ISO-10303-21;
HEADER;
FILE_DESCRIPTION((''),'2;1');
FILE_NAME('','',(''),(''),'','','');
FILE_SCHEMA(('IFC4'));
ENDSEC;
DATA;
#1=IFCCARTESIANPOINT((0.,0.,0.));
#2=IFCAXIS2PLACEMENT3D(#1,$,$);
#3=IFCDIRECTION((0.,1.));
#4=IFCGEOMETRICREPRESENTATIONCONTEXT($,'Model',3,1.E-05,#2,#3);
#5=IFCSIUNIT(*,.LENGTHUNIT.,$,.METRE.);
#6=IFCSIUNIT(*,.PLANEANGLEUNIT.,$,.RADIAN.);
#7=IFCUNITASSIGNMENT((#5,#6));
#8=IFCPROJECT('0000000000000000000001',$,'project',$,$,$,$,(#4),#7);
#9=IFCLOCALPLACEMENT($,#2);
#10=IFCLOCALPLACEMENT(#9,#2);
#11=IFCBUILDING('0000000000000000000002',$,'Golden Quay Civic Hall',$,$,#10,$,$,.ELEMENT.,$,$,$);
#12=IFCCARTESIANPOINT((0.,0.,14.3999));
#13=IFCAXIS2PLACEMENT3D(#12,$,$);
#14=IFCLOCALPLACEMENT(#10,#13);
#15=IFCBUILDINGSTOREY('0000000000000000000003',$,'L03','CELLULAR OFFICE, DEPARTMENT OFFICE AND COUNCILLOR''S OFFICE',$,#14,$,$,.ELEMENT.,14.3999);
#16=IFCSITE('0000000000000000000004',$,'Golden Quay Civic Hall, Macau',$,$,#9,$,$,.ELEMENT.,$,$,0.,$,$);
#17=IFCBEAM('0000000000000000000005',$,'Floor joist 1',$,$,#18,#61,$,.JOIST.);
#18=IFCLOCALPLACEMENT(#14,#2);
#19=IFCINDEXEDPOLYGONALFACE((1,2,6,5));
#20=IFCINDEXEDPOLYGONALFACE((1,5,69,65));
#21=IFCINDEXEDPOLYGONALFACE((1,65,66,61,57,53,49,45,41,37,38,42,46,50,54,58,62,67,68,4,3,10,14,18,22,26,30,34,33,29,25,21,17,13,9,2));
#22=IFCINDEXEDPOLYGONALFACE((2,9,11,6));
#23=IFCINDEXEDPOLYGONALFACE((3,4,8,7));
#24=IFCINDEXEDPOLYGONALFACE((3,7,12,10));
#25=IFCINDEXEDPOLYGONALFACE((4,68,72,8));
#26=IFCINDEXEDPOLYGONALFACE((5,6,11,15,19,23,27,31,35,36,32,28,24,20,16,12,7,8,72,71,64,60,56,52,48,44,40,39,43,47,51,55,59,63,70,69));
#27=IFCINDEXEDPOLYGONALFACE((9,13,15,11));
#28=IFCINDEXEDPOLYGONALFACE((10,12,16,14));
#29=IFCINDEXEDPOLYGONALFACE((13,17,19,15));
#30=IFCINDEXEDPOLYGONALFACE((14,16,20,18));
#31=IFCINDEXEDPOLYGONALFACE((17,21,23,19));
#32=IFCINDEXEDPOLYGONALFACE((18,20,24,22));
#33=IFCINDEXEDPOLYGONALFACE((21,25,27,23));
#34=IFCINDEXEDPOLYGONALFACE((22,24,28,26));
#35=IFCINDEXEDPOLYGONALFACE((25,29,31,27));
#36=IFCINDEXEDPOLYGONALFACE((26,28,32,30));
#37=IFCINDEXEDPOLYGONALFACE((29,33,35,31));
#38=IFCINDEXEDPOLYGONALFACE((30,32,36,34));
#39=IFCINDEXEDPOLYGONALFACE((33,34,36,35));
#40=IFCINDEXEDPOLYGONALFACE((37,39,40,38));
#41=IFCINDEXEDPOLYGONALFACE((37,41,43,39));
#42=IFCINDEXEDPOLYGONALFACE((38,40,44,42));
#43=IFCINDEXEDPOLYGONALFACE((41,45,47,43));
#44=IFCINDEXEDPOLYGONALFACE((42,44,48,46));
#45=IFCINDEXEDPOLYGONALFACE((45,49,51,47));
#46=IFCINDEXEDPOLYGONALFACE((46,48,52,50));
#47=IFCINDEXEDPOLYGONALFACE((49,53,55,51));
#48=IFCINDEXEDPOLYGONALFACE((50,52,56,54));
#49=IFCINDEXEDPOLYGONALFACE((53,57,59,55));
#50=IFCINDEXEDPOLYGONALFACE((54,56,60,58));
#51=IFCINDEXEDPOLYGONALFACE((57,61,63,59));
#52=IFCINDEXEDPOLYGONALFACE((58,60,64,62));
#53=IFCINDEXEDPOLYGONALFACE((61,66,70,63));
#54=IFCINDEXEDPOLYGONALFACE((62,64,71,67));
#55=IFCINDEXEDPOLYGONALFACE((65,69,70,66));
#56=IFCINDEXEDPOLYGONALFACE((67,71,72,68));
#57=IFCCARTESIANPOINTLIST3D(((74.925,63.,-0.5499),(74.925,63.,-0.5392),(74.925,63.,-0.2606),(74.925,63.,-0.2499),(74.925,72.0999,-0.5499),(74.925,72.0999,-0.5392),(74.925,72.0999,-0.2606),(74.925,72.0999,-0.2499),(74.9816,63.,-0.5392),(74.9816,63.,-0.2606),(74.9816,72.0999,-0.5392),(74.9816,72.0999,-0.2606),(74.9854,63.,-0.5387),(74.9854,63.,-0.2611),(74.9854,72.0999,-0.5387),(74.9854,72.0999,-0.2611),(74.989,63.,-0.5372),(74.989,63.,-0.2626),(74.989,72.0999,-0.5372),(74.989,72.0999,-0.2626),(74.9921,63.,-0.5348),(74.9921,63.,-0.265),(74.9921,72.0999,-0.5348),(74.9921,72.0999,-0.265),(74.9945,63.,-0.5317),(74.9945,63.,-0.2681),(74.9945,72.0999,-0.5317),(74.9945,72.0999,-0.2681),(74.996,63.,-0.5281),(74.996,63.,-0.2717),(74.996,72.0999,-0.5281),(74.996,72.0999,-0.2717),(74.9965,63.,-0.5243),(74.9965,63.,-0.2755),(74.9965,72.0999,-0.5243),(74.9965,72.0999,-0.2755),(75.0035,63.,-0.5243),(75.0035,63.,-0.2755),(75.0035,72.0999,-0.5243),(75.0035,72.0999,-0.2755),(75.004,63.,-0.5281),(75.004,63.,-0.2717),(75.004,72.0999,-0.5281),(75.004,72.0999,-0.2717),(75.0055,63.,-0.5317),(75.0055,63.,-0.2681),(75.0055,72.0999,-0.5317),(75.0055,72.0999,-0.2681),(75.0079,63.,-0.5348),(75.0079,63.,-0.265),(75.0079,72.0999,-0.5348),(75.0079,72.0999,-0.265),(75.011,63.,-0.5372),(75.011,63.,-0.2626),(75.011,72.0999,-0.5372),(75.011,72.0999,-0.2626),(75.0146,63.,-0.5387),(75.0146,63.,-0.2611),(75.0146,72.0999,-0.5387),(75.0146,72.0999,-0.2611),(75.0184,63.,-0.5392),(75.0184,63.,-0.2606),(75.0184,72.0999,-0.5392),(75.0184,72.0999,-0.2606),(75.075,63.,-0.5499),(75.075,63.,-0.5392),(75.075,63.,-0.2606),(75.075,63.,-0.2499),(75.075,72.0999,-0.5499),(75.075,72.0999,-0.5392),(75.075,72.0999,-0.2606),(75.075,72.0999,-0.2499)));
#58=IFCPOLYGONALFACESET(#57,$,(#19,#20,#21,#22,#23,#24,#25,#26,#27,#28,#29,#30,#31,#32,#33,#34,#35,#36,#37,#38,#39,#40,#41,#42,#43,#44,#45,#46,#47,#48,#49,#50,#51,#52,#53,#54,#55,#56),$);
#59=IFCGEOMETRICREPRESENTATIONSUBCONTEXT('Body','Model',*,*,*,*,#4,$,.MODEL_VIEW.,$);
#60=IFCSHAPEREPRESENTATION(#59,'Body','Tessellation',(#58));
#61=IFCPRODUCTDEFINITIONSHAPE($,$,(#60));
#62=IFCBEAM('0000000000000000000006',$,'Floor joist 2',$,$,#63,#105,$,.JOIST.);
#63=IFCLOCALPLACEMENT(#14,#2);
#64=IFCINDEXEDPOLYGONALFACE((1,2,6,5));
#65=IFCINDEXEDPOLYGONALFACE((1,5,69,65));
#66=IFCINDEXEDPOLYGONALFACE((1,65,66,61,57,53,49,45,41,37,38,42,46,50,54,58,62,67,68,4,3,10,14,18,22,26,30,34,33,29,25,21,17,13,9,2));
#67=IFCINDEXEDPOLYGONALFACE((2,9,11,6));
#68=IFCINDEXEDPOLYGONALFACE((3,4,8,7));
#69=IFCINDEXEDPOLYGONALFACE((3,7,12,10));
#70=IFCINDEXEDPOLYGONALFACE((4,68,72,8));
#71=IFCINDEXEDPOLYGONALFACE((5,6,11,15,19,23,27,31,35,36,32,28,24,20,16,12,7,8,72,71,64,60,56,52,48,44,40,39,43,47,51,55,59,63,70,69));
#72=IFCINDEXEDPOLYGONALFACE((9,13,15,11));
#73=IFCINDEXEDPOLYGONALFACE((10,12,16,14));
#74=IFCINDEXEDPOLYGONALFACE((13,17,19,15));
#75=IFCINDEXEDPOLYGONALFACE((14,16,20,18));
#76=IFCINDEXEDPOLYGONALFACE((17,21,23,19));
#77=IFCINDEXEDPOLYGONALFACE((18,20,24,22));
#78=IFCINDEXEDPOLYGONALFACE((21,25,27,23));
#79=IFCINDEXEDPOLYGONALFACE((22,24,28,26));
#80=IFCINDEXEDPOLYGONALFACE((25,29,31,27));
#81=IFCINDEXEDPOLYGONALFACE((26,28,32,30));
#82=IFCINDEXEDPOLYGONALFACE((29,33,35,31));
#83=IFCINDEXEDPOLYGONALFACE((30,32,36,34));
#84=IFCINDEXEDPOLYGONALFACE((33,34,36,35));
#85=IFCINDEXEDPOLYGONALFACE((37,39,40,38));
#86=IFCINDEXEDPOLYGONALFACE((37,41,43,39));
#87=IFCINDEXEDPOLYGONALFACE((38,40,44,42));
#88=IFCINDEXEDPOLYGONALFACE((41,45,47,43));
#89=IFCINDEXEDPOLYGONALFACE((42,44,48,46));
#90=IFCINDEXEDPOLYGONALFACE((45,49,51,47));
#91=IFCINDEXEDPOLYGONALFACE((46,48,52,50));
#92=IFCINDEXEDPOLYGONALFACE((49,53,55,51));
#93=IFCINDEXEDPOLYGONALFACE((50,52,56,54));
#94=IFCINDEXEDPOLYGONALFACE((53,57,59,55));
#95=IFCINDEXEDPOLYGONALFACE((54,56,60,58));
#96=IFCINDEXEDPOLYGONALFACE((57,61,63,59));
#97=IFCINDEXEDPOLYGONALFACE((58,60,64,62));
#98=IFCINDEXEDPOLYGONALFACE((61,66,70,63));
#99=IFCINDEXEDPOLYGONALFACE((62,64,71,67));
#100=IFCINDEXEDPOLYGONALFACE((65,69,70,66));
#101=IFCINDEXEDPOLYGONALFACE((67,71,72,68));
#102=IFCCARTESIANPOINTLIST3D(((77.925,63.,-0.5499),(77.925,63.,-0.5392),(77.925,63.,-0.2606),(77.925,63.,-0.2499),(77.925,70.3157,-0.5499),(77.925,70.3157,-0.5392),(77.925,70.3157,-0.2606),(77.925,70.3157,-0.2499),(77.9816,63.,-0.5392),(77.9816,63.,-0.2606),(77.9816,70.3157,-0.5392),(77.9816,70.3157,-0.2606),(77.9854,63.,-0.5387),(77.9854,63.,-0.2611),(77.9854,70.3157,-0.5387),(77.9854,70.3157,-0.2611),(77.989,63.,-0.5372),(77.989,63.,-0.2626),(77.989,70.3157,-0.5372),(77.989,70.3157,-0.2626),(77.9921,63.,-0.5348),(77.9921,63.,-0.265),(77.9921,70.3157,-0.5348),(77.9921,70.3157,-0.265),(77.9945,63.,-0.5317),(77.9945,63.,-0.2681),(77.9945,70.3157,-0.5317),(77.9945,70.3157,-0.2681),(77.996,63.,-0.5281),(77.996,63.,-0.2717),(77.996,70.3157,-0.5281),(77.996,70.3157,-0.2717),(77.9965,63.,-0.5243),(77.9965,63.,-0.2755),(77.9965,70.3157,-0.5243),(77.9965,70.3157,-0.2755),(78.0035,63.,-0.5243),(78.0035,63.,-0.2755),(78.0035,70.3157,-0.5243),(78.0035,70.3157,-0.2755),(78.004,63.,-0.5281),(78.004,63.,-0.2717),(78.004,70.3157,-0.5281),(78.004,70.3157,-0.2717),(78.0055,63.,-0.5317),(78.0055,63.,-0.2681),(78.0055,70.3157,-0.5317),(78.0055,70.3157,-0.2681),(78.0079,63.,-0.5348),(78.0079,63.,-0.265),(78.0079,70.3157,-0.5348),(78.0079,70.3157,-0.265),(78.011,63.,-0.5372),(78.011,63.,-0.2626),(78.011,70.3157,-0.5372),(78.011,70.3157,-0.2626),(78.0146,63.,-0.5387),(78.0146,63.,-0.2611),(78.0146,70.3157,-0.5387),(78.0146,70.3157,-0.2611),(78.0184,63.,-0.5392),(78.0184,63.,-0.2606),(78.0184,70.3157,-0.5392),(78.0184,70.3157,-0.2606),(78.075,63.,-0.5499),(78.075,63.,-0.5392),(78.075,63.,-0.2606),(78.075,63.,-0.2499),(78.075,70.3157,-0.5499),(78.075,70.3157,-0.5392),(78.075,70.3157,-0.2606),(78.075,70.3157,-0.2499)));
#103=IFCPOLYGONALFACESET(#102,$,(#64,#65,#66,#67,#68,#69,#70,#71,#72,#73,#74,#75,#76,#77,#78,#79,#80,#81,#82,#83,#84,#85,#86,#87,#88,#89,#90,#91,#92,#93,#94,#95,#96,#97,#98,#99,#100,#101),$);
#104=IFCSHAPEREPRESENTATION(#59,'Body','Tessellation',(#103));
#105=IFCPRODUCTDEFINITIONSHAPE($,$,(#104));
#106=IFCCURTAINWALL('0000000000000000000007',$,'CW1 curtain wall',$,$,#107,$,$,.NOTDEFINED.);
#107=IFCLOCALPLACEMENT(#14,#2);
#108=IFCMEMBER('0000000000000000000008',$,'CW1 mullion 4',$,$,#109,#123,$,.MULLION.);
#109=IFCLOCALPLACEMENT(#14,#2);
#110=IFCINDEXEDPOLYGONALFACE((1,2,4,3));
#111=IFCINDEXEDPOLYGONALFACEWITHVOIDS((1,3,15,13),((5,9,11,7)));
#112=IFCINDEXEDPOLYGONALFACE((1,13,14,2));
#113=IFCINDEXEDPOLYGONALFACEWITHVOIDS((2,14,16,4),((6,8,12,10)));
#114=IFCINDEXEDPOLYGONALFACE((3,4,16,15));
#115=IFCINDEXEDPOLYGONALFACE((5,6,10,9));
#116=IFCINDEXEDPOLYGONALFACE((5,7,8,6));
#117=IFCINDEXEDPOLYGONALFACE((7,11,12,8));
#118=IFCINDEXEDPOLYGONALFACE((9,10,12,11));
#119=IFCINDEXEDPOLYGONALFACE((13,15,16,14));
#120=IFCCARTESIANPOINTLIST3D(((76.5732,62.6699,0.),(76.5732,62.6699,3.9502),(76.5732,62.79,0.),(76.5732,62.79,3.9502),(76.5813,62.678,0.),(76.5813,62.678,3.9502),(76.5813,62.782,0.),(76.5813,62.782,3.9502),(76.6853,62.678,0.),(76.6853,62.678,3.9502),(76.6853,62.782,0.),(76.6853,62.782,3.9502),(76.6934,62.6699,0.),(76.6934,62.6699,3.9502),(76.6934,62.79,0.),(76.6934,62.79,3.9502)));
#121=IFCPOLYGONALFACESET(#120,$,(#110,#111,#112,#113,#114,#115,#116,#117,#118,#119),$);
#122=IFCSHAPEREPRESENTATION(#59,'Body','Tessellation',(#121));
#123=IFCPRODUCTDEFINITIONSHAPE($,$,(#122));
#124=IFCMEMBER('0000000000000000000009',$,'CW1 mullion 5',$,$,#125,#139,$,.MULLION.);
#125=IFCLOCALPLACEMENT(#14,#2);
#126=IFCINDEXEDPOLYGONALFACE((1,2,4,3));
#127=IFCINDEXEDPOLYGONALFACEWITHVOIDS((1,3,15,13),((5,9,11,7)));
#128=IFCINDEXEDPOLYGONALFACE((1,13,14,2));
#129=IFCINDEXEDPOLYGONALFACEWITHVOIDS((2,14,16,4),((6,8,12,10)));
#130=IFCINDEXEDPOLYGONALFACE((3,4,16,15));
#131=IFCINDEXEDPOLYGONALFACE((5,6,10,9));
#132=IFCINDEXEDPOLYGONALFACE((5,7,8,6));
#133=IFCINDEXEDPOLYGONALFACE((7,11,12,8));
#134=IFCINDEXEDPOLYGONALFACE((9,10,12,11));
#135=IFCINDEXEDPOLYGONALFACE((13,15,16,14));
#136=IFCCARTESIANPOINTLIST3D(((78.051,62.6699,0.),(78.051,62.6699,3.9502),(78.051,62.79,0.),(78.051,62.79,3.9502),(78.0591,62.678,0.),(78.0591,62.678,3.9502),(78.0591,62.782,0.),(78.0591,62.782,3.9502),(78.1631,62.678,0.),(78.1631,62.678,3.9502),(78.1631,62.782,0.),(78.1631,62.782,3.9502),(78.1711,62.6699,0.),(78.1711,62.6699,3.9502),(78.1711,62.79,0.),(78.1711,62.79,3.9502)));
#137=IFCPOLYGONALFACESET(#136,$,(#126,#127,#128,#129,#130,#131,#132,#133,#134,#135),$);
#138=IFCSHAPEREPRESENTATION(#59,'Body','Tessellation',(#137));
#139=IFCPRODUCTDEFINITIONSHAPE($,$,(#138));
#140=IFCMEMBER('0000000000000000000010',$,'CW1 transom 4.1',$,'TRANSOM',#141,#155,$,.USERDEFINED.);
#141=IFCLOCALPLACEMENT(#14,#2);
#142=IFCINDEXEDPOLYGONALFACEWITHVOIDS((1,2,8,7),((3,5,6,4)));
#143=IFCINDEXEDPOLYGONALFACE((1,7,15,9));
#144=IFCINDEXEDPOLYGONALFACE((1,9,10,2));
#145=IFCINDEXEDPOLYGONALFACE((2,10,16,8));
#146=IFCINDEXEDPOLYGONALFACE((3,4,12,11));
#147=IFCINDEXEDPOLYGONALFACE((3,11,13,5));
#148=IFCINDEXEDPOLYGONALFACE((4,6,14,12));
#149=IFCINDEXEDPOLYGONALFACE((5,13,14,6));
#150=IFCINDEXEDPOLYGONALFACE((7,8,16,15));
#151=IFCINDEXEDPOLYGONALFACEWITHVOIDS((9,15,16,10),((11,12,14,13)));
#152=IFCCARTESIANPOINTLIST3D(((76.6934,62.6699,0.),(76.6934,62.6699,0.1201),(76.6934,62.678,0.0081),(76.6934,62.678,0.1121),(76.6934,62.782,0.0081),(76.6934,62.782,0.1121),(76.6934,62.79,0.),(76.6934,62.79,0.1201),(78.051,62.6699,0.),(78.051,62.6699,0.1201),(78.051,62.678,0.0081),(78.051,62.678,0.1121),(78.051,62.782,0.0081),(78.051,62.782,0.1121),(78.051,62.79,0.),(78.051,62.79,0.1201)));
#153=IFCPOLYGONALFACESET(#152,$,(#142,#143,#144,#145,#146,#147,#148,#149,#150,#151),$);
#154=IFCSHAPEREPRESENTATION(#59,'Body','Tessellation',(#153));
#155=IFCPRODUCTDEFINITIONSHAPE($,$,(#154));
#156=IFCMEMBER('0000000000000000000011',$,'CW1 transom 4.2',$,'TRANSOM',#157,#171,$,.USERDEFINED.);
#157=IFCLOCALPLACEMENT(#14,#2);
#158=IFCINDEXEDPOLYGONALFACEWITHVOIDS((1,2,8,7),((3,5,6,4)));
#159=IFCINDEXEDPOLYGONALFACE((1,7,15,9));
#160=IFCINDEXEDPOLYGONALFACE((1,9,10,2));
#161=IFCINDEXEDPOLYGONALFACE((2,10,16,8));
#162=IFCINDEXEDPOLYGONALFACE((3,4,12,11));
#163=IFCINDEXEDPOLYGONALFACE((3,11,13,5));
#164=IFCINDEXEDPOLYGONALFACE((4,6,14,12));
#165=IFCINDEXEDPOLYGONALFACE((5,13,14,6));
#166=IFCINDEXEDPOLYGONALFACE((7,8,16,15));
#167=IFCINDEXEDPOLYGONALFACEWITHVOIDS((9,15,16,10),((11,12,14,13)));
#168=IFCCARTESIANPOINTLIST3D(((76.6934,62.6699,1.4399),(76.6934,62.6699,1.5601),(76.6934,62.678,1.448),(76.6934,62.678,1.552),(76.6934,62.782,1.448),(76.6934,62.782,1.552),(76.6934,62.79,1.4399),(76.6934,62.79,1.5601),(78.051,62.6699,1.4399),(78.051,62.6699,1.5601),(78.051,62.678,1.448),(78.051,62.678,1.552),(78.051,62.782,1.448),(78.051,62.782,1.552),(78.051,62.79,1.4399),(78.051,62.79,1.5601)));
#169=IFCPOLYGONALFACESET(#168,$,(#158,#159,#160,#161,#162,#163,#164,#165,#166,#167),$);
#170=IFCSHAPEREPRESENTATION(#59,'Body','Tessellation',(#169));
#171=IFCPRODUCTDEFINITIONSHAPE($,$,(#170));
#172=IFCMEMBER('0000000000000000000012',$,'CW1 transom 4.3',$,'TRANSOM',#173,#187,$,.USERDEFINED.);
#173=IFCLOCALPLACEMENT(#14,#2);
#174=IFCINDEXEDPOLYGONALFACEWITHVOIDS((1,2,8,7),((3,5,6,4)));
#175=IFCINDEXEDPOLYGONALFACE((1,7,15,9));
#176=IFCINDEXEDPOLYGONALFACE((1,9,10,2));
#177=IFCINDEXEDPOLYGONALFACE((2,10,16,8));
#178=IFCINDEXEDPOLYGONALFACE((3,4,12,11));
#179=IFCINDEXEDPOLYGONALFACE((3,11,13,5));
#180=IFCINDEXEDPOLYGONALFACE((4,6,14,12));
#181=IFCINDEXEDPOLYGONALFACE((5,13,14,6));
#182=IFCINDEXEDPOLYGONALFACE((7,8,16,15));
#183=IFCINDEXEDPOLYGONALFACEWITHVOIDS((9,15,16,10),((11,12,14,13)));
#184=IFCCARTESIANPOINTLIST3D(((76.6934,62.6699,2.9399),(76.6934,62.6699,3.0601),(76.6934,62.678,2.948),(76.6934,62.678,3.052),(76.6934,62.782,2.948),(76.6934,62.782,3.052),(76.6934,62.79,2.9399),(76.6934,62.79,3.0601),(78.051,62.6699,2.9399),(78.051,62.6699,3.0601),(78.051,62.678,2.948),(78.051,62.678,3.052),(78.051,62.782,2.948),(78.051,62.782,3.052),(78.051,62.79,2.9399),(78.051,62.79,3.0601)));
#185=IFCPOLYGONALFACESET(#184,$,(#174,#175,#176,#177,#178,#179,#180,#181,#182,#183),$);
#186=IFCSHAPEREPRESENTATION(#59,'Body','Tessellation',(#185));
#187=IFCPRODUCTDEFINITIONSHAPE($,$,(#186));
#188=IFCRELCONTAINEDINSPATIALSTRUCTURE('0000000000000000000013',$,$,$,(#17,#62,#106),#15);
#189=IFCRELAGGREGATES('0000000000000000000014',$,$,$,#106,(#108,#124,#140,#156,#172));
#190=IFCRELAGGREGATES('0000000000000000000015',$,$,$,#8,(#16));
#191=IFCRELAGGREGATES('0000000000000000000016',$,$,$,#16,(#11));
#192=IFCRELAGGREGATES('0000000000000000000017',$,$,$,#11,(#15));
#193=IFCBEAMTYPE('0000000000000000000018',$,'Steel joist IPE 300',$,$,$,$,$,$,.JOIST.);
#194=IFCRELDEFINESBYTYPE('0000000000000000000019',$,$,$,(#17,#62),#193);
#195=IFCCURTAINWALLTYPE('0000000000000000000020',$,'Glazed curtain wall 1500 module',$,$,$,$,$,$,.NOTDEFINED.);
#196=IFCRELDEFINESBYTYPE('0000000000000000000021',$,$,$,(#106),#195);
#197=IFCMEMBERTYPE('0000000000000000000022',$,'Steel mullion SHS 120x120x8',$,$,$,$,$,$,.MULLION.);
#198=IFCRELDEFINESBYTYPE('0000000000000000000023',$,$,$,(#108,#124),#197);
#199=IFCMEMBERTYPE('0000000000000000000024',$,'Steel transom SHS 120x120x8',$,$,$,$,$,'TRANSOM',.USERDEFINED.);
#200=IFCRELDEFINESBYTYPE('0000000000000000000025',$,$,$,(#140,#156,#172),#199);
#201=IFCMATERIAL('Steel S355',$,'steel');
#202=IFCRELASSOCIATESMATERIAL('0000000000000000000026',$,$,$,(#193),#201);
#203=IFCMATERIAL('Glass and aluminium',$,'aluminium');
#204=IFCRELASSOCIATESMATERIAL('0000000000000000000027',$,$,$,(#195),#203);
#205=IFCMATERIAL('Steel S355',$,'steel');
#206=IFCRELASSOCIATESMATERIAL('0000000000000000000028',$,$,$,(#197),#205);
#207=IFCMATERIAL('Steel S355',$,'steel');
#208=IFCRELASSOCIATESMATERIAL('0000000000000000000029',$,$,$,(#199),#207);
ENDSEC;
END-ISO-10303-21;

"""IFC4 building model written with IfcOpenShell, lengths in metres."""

from ifc_helpers import new_model, si_unit, direction, frame, origin, origin_2d, place, context, subcontext, project, spatial, hollow_rectangle, i_section, extrude, material, material_profile, profile_set, type_object, element, aggregate, save


model = new_model("IFC4")

# Units and contexts
model_context = context("Model", 3, precision=1e-05, world=origin(), true_north=direction((0.0, 1.0)))
body_context = subcontext(model_context, "Body", "Model", "MODEL_VIEW")
ifc_project = project(units=[si_unit("LENGTHUNIT", "METRE"), si_unit("PLANEANGLEUNIT", "RADIAN")], contexts=[model_context])

# Site, building, storey
site_placement = place(None, origin())
site = spatial("IfcSite", under=ifc_project, at=site_placement, Name="Golden Quay Civic Hall, Macau", CompositionType="ELEMENT", RefElevation=0.0)
building_placement = place(site_placement, origin())
building = spatial("IfcBuilding", under=site, at=building_placement, Name="Golden Quay Civic Hall", CompositionType="ELEMENT")
storey_placement = place(building_placement, frame((0.0, 0.0, 14.3999)))
storey = spatial("IfcBuildingStorey", under=building, at=storey_placement, Name="L03", Description="CELLULAR OFFICE, DEPARTMENT OFFICE AND COUNCILLOR'S OFFICE", CompositionType="ELEMENT", Elevation=14.3999)

# Beams
ifc_material_1 = material(Name="Steel S355", Category="steel")
ifc_material_profile_1 = material_profile(ifc_material_1, i_section(OverallWidth=0.1499, OverallDepth=0.3, WebThickness=0.0071, FlangeThickness=0.0107, FilletRadius=0.0149, at=origin_2d()), Name="IPE 300")
ifc_profile_set_1 = profile_set([ifc_material_profile_1], Name="Steel S355")
beam_type = type_object("IfcBeamType", Name="Steel joist IPE 300", PredefinedType="JOIST", material=ifc_profile_set_1)
beam_1_placement = place(storey_placement, frame((75.0, 63.0, -0.3999), z_axis=(0.0, 1.0, 0.0), x_axis=(-1.0, 0.0, 0.0)))
element("IfcBeam", 1, at=beam_1_placement, inside=storey, type_object=beam_type, Name="Floor joist 1", PredefinedType="JOIST", context=body_context, shape_type="SweptSolid", body=[
    extrude(i_section(OverallWidth=0.1499, OverallDepth=0.3, WebThickness=0.0071, FlangeThickness=0.0107, FilletRadius=0.0149, at=origin_2d()), origin(), (0.0, 0.0, 1.0), 9.0999),
])
beam_2_placement = place(storey_placement, frame((78.0, 63.0, -0.3999), z_axis=(0.0, 1.0, 0.0), x_axis=(-1.0, 0.0, 0.0)))
element("IfcBeam", 2, at=beam_2_placement, inside=storey, type_object=beam_type, Name="Floor joist 2", PredefinedType="JOIST", context=body_context, shape_type="SweptSolid", body=[
    extrude(i_section(OverallWidth=0.1499, OverallDepth=0.3, WebThickness=0.0071, FlangeThickness=0.0107, FilletRadius=0.0149, at=origin_2d()), origin(), (0.0, 0.0, 1.0), 7.3157),
])

# Curtain wall, members
ifc_material_2 = material(Name="Glass and aluminium", Category="aluminium")
curtain_wall_type = type_object("IfcCurtainWallType", Name="Glazed curtain wall 1500 module", PredefinedType="NOTDEFINED", material=ifc_material_2)
curtain_wall_placement = place(storey_placement, origin())
curtain_wall = element("IfcCurtainWall", 3, at=curtain_wall_placement, inside=storey, type_object=curtain_wall_type, Name="CW1 curtain wall", PredefinedType="NOTDEFINED")
ifc_material_3 = material(Name="Steel S355", Category="steel")
ifc_material_profile_2 = material_profile(ifc_material_3, hollow_rectangle(XDim=0.1201, YDim=0.1201, WallThickness=0.0081, at=origin_2d()), Name="SHS 120x120x8")
ifc_profile_set_2 = profile_set([ifc_material_profile_2], Name="Steel S355")
member_type_1 = type_object("IfcMemberType", Name="Steel mullion SHS 120x120x8", PredefinedType="MULLION", material=ifc_profile_set_2)
member_1_placement = place(storey_placement, frame((76.6333, 62.73, 0.0), z_axis=(0.0, 0.0, 1.0), x_axis=(0.0, 1.0, 0.0)))
member_1 = element("IfcMember", 4, at=member_1_placement, type_object=member_type_1, Name="CW1 mullion 4", PredefinedType="MULLION", context=body_context, shape_type="SweptSolid", body=[
    extrude(hollow_rectangle(XDim=0.1201, YDim=0.1201, WallThickness=0.0081, at=origin_2d()), origin(), (0.0, 0.0, 1.0), 3.9502),
])
member_2_placement = place(storey_placement, frame((78.1111, 62.73, 0.0), z_axis=(0.0, 0.0, 1.0), x_axis=(0.0, 1.0, 0.0)))
member_2 = element("IfcMember", 5, at=member_2_placement, type_object=member_type_1, Name="CW1 mullion 5", PredefinedType="MULLION", context=body_context, shape_type="SweptSolid", body=[
    extrude(hollow_rectangle(XDim=0.1201, YDim=0.1201, WallThickness=0.0081, at=origin_2d()), origin(), (0.0, 0.0, 1.0), 3.9502),
])
ifc_material_4 = material(Name="Steel S355", Category="steel")
ifc_material_profile_3 = material_profile(ifc_material_4, hollow_rectangle(XDim=0.1201, YDim=0.1201, WallThickness=0.0081, at=origin_2d()), Name="SHS 120x120x8")
ifc_profile_set_3 = profile_set([ifc_material_profile_3], Name="Steel S355")
member_type_2 = type_object("IfcMemberType", Name="Steel transom SHS 120x120x8", ElementType="TRANSOM", PredefinedType="USERDEFINED", material=ifc_profile_set_3)
member_3_placement = place(storey_placement, frame((76.6934, 62.73, 0.0601), z_axis=(1.0, 0.0, 0.0), x_axis=(0.0, 1.0, 0.0)))
member_3 = element("IfcMember", 6, at=member_3_placement, type_object=member_type_2, Name="CW1 transom 4.1", ObjectType="TRANSOM", PredefinedType="USERDEFINED", context=body_context, shape_type="SweptSolid", body=[
    extrude(hollow_rectangle(XDim=0.1201, YDim=0.1201, WallThickness=0.0081, at=origin_2d()), origin(), (0.0, 0.0, 1.0), 1.3577),
])
member_4_placement = place(storey_placement, frame((76.6934, 62.73, 1.5), z_axis=(1.0, 0.0, 0.0), x_axis=(0.0, 1.0, 0.0)))
member_4 = element("IfcMember", 7, at=member_4_placement, type_object=member_type_2, Name="CW1 transom 4.2", ObjectType="TRANSOM", PredefinedType="USERDEFINED", context=body_context, shape_type="SweptSolid", body=[
    extrude(hollow_rectangle(XDim=0.1201, YDim=0.1201, WallThickness=0.0081, at=origin_2d()), origin(), (0.0, 0.0, 1.0), 1.3577),
])
member_5_placement = place(storey_placement, frame((76.6934, 62.73, 3.0), z_axis=(1.0, 0.0, 0.0), x_axis=(0.0, 1.0, 0.0)))
member_5 = element("IfcMember", 8, at=member_5_placement, type_object=member_type_2, Name="CW1 transom 4.3", ObjectType="TRANSOM", PredefinedType="USERDEFINED", context=body_context, shape_type="SweptSolid", body=[
    extrude(hollow_rectangle(XDim=0.1201, YDim=0.1201, WallThickness=0.0081, at=origin_2d()), origin(), (0.0, 0.0, 1.0), 1.3577),
])
aggregate(curtain_wall, [member_1, member_2, member_3, member_4, member_5])

save(model, "model.ifc")
